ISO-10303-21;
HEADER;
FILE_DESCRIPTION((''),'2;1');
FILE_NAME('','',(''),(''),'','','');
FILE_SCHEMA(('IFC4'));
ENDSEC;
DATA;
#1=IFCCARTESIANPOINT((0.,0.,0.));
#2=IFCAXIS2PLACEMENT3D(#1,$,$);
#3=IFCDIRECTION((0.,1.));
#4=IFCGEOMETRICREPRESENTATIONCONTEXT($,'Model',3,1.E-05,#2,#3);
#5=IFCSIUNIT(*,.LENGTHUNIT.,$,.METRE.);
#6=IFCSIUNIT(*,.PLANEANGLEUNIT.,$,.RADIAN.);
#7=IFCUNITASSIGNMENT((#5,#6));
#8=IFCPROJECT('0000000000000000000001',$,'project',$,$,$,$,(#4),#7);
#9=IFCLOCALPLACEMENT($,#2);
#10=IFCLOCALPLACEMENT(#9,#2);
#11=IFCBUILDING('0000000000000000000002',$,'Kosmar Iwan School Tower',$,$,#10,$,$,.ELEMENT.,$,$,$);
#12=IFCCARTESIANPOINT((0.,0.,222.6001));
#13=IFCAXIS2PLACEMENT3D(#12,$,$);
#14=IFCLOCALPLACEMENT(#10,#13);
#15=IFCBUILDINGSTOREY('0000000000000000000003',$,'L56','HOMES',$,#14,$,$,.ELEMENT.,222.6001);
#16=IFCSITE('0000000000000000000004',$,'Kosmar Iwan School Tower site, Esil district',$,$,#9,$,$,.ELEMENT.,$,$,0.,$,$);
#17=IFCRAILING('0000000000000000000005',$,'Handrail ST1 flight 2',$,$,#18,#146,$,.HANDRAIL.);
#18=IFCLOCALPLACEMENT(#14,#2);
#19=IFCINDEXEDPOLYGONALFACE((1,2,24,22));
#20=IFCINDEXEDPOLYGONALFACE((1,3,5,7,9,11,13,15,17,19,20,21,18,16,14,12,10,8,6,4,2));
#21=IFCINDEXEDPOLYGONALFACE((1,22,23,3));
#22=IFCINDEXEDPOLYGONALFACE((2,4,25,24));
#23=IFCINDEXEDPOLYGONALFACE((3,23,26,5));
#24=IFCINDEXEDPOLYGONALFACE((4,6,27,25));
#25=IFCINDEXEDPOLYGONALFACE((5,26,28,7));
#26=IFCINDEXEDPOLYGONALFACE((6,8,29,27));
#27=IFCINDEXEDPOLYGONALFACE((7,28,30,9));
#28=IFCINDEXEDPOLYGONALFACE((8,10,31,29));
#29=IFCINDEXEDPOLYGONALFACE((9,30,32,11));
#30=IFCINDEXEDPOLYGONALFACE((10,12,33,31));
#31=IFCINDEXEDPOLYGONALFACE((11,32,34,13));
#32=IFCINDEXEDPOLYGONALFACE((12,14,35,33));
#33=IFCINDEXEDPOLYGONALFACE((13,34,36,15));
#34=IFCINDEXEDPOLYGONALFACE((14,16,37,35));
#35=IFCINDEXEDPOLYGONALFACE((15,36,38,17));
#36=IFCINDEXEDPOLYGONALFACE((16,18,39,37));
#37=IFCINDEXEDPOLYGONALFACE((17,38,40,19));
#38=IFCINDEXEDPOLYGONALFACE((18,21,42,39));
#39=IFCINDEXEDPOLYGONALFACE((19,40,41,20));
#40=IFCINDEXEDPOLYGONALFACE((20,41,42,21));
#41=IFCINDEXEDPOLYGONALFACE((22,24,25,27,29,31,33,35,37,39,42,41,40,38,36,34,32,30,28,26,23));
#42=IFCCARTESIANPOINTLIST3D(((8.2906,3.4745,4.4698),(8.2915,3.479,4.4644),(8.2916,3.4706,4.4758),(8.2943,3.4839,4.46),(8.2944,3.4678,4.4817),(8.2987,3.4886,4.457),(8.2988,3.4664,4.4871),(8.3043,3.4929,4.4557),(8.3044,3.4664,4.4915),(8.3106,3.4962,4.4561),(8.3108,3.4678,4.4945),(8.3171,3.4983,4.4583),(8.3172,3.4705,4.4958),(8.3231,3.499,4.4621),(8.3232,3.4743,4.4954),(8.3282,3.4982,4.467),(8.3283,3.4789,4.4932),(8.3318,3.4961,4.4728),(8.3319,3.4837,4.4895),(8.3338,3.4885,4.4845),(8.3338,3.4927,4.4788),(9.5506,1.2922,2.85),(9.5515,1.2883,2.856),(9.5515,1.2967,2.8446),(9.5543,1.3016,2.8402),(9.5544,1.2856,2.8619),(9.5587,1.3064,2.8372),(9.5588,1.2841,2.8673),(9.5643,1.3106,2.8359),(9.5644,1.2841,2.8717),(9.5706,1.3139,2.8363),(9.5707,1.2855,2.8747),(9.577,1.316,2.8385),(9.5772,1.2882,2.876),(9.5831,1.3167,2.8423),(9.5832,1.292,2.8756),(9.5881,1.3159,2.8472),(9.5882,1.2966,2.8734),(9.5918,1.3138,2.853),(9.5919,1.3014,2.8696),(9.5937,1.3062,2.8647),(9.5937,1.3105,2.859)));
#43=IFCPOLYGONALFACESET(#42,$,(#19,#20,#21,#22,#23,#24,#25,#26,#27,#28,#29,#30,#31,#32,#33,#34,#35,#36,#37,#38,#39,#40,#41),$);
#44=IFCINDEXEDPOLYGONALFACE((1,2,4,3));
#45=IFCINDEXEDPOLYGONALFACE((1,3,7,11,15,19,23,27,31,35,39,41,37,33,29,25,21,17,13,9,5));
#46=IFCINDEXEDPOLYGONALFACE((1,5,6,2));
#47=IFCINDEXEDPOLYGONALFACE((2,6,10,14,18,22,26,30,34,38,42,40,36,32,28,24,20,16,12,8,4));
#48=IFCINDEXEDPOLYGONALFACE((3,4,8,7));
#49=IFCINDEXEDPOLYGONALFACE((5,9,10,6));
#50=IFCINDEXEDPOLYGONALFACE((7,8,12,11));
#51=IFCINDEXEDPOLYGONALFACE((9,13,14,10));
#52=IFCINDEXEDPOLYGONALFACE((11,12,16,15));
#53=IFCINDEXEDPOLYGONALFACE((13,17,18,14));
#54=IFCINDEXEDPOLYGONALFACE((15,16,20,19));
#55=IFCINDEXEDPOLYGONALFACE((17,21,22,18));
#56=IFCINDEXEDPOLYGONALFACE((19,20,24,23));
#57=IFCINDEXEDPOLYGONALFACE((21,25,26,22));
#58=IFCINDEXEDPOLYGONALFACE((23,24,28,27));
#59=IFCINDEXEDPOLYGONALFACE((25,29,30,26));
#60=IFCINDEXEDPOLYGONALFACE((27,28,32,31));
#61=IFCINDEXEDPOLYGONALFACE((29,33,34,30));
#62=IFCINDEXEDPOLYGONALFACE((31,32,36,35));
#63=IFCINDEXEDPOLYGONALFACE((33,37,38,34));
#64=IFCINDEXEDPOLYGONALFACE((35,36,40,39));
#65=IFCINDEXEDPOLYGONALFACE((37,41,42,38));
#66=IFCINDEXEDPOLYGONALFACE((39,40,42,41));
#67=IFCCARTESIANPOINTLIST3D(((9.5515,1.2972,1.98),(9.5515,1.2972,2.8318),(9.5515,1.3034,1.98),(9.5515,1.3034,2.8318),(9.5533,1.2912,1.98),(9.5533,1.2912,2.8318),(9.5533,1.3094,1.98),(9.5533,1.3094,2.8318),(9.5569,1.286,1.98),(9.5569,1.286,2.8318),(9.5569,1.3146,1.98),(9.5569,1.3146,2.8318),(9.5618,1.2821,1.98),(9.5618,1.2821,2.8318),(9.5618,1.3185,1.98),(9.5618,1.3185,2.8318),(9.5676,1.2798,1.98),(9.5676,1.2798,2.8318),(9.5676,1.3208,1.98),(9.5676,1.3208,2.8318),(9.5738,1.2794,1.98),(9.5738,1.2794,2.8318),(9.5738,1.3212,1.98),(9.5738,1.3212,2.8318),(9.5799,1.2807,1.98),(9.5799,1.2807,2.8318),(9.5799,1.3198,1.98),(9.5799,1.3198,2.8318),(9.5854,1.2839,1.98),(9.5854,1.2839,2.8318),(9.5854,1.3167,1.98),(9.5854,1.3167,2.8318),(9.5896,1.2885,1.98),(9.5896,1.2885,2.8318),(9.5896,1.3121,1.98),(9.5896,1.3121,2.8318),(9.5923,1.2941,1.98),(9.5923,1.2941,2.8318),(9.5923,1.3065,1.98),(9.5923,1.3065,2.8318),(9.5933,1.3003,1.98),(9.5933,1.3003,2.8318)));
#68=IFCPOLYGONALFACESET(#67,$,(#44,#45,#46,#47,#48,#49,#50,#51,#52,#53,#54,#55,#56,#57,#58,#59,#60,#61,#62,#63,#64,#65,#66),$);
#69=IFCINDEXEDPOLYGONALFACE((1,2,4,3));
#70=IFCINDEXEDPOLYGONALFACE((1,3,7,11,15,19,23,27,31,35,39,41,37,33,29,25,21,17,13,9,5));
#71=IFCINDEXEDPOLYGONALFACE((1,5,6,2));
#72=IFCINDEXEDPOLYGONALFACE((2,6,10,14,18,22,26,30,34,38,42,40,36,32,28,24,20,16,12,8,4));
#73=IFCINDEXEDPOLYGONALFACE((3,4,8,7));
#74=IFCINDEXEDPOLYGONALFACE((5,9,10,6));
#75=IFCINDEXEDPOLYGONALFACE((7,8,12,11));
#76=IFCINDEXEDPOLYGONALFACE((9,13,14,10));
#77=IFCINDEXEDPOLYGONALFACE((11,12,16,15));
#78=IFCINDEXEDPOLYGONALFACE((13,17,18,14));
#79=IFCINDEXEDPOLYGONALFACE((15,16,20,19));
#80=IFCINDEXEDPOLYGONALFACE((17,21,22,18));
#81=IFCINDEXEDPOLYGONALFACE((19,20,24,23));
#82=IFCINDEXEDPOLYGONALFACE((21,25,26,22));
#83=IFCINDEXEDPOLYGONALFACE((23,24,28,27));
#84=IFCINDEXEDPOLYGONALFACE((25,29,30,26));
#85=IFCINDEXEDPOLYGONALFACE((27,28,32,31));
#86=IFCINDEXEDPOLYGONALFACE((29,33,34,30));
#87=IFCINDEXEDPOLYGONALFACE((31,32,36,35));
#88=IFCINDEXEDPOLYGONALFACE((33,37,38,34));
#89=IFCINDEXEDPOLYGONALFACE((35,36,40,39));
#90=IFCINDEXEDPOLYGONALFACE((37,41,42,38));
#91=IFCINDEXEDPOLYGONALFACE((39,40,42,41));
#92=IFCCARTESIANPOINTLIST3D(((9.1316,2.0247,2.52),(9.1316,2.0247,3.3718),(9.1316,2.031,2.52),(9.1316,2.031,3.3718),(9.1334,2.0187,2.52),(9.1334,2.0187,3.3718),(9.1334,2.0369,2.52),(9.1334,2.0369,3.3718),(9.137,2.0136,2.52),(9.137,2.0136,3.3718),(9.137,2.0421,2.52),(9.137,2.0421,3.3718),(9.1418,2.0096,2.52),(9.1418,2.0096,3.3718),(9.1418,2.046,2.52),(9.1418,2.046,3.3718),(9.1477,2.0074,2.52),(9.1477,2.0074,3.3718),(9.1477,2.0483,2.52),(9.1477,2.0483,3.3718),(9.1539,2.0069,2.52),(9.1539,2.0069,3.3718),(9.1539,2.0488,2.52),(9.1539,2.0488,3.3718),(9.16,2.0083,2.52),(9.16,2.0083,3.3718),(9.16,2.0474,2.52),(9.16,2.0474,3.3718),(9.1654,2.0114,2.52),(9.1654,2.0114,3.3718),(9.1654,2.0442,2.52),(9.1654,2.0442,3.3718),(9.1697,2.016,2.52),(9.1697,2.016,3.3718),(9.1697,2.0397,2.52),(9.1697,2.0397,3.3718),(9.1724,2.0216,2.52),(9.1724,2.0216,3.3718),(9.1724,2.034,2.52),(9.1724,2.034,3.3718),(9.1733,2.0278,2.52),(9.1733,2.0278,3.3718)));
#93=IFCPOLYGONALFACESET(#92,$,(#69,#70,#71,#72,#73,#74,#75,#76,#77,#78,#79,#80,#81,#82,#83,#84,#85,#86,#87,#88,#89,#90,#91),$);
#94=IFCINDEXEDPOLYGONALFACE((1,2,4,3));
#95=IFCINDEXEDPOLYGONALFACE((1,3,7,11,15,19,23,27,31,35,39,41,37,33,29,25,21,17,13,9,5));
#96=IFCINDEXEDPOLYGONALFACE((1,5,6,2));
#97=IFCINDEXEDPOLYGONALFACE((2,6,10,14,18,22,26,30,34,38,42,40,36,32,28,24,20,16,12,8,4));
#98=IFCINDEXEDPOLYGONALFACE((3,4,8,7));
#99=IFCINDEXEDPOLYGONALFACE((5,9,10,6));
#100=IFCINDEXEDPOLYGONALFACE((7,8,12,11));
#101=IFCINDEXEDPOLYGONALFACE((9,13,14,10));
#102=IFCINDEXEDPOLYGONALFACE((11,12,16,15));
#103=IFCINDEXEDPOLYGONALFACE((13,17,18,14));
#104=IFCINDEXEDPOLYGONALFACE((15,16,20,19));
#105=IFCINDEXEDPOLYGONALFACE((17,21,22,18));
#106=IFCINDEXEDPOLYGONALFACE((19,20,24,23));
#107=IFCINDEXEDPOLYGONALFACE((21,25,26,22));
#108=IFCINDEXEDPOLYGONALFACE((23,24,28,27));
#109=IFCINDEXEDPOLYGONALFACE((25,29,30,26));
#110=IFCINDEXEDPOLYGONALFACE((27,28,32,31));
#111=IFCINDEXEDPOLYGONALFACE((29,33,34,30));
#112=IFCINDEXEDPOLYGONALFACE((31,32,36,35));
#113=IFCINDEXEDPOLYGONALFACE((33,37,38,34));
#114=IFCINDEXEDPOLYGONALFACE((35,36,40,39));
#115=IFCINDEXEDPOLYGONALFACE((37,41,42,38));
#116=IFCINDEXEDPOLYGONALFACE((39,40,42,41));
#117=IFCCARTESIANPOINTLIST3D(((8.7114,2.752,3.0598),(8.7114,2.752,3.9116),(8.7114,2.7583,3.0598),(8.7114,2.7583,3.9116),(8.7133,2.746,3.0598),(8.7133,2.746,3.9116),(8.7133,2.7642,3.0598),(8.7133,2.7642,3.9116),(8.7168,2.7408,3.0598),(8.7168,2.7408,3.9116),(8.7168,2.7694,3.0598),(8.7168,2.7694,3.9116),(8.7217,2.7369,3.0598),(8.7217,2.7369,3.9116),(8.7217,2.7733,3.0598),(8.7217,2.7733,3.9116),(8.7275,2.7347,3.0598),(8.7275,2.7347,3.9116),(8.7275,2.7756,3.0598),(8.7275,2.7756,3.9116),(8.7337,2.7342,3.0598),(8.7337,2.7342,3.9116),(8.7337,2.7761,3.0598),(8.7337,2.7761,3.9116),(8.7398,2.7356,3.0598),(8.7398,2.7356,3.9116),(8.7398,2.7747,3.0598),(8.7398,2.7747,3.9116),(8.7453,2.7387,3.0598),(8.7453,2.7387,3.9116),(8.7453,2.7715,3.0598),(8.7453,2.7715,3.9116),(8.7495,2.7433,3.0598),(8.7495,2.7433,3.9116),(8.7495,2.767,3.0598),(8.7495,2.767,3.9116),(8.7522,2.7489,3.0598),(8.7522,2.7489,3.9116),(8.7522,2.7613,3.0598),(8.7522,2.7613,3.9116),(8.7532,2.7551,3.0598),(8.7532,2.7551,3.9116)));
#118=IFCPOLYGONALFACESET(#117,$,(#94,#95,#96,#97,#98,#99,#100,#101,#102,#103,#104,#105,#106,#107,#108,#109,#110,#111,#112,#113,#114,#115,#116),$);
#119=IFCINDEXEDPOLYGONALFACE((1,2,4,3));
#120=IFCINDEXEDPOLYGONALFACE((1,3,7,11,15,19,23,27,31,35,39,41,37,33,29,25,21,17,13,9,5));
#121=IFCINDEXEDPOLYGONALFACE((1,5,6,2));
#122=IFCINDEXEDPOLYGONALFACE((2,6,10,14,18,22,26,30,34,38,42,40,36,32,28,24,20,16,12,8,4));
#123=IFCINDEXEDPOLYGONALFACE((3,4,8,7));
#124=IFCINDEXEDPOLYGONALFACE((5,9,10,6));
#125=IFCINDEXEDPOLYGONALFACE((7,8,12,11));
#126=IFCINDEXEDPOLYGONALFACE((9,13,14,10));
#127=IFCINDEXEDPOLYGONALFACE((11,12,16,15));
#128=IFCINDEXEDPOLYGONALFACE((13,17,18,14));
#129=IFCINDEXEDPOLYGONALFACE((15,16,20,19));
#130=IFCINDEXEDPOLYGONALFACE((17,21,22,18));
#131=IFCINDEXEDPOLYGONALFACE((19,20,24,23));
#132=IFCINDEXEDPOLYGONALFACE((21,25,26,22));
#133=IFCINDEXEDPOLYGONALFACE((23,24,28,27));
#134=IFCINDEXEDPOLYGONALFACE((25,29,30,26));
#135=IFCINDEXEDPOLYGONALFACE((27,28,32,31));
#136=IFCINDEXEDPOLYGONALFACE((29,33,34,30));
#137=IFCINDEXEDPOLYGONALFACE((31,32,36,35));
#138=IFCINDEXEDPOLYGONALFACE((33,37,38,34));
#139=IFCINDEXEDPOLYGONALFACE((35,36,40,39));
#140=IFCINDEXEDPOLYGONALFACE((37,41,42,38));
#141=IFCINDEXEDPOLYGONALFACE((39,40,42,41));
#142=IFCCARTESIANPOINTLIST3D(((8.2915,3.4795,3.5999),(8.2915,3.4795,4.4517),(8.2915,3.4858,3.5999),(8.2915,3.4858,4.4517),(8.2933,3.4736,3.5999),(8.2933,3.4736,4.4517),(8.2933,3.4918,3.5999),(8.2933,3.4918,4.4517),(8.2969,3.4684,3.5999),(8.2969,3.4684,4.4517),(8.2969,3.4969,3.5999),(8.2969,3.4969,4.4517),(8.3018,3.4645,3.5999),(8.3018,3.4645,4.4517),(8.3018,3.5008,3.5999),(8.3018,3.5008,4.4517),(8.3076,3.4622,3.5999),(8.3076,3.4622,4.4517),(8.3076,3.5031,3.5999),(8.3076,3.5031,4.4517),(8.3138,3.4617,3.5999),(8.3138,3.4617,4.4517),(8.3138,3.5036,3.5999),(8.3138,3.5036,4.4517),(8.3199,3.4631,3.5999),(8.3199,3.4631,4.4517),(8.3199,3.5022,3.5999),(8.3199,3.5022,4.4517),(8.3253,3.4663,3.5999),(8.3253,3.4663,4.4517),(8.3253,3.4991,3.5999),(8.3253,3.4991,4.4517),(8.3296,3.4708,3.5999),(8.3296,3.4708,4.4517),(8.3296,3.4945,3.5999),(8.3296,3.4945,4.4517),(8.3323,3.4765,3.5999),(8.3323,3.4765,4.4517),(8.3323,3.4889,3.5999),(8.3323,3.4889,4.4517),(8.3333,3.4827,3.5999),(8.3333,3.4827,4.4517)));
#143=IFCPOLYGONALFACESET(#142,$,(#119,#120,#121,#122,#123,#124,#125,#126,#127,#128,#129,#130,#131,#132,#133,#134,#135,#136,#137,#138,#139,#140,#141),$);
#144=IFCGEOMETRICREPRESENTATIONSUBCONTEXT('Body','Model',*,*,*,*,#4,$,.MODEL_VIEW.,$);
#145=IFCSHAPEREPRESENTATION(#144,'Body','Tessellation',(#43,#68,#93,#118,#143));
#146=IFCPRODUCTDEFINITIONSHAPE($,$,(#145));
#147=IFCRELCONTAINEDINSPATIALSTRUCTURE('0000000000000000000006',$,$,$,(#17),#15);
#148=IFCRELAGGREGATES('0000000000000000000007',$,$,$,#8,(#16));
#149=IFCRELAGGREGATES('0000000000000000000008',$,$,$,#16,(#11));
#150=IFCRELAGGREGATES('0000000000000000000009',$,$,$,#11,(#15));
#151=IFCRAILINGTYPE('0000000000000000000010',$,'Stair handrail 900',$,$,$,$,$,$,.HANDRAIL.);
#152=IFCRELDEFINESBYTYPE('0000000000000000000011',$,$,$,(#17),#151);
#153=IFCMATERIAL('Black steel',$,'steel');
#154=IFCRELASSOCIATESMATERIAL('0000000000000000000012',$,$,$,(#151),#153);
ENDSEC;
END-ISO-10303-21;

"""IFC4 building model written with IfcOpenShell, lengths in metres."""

from ifc_helpers import new_model, si_unit, direction, frame, origin, origin_2d, place, context, subcontext, project, spatial, circle, extrude, material, type_object, element, save


model = new_model("IFC4")

# Units and contexts
model_context = context("Model", 3, precision=1e-05, world=origin(), true_north=direction((0.0, 1.0)))
body_context = subcontext(model_context, "Body", "Model", "MODEL_VIEW")
ifc_project = project(units=[si_unit("LENGTHUNIT", "METRE"), si_unit("PLANEANGLEUNIT", "RADIAN")], contexts=[model_context])

# Site, building, storey
site_placement = place(None, origin())
site = spatial("IfcSite", under=ifc_project, at=site_placement, Name="Kosmar Iwan School Tower site, Esil district", CompositionType="ELEMENT", RefElevation=0.0)
building_placement = place(site_placement, origin())
building = spatial("IfcBuilding", under=site, at=building_placement, Name="Kosmar Iwan School Tower", CompositionType="ELEMENT")
storey_placement = place(building_placement, frame((0.0, 0.0, 222.6001)))
storey = spatial("IfcBuildingStorey", under=building, at=storey_placement, Name="L56", Description="HOMES", CompositionType="ELEMENT", Elevation=222.6001)

# Railing
ifc_material_1 = material(Name="Black steel", Category="steel")
railing_type = type_object("IfcRailingType", Name="Stair handrail 900", PredefinedType="HANDRAIL", material=ifc_material_1)
railing_1_placement = place(storey_placement, frame((9.5723, 1.3003, 1.98)))
element("IfcRailing", 1, at=railing_1_placement, inside=storey, type_object=railing_type, Name="Handrail ST1 flight 2", PredefinedType="HANDRAIL", context=body_context, shape_type="SweptSolid", body=[
    extrude(circle(Radius=0.0239, at=origin_2d()), frame((0.0, 0.0, 0.876), z_axis=(-0.420603, 0.728496, 0.540728), x_axis=(-0.866023, -0.500005, 0.0)), (0.0, 0.0, 1.0), 2.9956),
    extrude(circle(Radius=0.021, at=origin_2d()), origin(), (0.0, 0.0, 1.0), 0.8518),
    extrude(circle(Radius=0.021, at=origin_2d()), frame((-0.4199, 0.7275, 0.54)), (0.0, 0.0, 1.0), 0.8518),
    extrude(circle(Radius=0.021, at=origin_2d()), frame((-0.8401, 1.4548, 1.0798)), (0.0, 0.0, 1.0), 0.8518),
    extrude(circle(Radius=0.021, at=origin_2d()), frame((-1.26, 2.1824, 1.6199)), (0.0, 0.0, 1.0), 0.8518),
])

save(model, "model.ifc")
